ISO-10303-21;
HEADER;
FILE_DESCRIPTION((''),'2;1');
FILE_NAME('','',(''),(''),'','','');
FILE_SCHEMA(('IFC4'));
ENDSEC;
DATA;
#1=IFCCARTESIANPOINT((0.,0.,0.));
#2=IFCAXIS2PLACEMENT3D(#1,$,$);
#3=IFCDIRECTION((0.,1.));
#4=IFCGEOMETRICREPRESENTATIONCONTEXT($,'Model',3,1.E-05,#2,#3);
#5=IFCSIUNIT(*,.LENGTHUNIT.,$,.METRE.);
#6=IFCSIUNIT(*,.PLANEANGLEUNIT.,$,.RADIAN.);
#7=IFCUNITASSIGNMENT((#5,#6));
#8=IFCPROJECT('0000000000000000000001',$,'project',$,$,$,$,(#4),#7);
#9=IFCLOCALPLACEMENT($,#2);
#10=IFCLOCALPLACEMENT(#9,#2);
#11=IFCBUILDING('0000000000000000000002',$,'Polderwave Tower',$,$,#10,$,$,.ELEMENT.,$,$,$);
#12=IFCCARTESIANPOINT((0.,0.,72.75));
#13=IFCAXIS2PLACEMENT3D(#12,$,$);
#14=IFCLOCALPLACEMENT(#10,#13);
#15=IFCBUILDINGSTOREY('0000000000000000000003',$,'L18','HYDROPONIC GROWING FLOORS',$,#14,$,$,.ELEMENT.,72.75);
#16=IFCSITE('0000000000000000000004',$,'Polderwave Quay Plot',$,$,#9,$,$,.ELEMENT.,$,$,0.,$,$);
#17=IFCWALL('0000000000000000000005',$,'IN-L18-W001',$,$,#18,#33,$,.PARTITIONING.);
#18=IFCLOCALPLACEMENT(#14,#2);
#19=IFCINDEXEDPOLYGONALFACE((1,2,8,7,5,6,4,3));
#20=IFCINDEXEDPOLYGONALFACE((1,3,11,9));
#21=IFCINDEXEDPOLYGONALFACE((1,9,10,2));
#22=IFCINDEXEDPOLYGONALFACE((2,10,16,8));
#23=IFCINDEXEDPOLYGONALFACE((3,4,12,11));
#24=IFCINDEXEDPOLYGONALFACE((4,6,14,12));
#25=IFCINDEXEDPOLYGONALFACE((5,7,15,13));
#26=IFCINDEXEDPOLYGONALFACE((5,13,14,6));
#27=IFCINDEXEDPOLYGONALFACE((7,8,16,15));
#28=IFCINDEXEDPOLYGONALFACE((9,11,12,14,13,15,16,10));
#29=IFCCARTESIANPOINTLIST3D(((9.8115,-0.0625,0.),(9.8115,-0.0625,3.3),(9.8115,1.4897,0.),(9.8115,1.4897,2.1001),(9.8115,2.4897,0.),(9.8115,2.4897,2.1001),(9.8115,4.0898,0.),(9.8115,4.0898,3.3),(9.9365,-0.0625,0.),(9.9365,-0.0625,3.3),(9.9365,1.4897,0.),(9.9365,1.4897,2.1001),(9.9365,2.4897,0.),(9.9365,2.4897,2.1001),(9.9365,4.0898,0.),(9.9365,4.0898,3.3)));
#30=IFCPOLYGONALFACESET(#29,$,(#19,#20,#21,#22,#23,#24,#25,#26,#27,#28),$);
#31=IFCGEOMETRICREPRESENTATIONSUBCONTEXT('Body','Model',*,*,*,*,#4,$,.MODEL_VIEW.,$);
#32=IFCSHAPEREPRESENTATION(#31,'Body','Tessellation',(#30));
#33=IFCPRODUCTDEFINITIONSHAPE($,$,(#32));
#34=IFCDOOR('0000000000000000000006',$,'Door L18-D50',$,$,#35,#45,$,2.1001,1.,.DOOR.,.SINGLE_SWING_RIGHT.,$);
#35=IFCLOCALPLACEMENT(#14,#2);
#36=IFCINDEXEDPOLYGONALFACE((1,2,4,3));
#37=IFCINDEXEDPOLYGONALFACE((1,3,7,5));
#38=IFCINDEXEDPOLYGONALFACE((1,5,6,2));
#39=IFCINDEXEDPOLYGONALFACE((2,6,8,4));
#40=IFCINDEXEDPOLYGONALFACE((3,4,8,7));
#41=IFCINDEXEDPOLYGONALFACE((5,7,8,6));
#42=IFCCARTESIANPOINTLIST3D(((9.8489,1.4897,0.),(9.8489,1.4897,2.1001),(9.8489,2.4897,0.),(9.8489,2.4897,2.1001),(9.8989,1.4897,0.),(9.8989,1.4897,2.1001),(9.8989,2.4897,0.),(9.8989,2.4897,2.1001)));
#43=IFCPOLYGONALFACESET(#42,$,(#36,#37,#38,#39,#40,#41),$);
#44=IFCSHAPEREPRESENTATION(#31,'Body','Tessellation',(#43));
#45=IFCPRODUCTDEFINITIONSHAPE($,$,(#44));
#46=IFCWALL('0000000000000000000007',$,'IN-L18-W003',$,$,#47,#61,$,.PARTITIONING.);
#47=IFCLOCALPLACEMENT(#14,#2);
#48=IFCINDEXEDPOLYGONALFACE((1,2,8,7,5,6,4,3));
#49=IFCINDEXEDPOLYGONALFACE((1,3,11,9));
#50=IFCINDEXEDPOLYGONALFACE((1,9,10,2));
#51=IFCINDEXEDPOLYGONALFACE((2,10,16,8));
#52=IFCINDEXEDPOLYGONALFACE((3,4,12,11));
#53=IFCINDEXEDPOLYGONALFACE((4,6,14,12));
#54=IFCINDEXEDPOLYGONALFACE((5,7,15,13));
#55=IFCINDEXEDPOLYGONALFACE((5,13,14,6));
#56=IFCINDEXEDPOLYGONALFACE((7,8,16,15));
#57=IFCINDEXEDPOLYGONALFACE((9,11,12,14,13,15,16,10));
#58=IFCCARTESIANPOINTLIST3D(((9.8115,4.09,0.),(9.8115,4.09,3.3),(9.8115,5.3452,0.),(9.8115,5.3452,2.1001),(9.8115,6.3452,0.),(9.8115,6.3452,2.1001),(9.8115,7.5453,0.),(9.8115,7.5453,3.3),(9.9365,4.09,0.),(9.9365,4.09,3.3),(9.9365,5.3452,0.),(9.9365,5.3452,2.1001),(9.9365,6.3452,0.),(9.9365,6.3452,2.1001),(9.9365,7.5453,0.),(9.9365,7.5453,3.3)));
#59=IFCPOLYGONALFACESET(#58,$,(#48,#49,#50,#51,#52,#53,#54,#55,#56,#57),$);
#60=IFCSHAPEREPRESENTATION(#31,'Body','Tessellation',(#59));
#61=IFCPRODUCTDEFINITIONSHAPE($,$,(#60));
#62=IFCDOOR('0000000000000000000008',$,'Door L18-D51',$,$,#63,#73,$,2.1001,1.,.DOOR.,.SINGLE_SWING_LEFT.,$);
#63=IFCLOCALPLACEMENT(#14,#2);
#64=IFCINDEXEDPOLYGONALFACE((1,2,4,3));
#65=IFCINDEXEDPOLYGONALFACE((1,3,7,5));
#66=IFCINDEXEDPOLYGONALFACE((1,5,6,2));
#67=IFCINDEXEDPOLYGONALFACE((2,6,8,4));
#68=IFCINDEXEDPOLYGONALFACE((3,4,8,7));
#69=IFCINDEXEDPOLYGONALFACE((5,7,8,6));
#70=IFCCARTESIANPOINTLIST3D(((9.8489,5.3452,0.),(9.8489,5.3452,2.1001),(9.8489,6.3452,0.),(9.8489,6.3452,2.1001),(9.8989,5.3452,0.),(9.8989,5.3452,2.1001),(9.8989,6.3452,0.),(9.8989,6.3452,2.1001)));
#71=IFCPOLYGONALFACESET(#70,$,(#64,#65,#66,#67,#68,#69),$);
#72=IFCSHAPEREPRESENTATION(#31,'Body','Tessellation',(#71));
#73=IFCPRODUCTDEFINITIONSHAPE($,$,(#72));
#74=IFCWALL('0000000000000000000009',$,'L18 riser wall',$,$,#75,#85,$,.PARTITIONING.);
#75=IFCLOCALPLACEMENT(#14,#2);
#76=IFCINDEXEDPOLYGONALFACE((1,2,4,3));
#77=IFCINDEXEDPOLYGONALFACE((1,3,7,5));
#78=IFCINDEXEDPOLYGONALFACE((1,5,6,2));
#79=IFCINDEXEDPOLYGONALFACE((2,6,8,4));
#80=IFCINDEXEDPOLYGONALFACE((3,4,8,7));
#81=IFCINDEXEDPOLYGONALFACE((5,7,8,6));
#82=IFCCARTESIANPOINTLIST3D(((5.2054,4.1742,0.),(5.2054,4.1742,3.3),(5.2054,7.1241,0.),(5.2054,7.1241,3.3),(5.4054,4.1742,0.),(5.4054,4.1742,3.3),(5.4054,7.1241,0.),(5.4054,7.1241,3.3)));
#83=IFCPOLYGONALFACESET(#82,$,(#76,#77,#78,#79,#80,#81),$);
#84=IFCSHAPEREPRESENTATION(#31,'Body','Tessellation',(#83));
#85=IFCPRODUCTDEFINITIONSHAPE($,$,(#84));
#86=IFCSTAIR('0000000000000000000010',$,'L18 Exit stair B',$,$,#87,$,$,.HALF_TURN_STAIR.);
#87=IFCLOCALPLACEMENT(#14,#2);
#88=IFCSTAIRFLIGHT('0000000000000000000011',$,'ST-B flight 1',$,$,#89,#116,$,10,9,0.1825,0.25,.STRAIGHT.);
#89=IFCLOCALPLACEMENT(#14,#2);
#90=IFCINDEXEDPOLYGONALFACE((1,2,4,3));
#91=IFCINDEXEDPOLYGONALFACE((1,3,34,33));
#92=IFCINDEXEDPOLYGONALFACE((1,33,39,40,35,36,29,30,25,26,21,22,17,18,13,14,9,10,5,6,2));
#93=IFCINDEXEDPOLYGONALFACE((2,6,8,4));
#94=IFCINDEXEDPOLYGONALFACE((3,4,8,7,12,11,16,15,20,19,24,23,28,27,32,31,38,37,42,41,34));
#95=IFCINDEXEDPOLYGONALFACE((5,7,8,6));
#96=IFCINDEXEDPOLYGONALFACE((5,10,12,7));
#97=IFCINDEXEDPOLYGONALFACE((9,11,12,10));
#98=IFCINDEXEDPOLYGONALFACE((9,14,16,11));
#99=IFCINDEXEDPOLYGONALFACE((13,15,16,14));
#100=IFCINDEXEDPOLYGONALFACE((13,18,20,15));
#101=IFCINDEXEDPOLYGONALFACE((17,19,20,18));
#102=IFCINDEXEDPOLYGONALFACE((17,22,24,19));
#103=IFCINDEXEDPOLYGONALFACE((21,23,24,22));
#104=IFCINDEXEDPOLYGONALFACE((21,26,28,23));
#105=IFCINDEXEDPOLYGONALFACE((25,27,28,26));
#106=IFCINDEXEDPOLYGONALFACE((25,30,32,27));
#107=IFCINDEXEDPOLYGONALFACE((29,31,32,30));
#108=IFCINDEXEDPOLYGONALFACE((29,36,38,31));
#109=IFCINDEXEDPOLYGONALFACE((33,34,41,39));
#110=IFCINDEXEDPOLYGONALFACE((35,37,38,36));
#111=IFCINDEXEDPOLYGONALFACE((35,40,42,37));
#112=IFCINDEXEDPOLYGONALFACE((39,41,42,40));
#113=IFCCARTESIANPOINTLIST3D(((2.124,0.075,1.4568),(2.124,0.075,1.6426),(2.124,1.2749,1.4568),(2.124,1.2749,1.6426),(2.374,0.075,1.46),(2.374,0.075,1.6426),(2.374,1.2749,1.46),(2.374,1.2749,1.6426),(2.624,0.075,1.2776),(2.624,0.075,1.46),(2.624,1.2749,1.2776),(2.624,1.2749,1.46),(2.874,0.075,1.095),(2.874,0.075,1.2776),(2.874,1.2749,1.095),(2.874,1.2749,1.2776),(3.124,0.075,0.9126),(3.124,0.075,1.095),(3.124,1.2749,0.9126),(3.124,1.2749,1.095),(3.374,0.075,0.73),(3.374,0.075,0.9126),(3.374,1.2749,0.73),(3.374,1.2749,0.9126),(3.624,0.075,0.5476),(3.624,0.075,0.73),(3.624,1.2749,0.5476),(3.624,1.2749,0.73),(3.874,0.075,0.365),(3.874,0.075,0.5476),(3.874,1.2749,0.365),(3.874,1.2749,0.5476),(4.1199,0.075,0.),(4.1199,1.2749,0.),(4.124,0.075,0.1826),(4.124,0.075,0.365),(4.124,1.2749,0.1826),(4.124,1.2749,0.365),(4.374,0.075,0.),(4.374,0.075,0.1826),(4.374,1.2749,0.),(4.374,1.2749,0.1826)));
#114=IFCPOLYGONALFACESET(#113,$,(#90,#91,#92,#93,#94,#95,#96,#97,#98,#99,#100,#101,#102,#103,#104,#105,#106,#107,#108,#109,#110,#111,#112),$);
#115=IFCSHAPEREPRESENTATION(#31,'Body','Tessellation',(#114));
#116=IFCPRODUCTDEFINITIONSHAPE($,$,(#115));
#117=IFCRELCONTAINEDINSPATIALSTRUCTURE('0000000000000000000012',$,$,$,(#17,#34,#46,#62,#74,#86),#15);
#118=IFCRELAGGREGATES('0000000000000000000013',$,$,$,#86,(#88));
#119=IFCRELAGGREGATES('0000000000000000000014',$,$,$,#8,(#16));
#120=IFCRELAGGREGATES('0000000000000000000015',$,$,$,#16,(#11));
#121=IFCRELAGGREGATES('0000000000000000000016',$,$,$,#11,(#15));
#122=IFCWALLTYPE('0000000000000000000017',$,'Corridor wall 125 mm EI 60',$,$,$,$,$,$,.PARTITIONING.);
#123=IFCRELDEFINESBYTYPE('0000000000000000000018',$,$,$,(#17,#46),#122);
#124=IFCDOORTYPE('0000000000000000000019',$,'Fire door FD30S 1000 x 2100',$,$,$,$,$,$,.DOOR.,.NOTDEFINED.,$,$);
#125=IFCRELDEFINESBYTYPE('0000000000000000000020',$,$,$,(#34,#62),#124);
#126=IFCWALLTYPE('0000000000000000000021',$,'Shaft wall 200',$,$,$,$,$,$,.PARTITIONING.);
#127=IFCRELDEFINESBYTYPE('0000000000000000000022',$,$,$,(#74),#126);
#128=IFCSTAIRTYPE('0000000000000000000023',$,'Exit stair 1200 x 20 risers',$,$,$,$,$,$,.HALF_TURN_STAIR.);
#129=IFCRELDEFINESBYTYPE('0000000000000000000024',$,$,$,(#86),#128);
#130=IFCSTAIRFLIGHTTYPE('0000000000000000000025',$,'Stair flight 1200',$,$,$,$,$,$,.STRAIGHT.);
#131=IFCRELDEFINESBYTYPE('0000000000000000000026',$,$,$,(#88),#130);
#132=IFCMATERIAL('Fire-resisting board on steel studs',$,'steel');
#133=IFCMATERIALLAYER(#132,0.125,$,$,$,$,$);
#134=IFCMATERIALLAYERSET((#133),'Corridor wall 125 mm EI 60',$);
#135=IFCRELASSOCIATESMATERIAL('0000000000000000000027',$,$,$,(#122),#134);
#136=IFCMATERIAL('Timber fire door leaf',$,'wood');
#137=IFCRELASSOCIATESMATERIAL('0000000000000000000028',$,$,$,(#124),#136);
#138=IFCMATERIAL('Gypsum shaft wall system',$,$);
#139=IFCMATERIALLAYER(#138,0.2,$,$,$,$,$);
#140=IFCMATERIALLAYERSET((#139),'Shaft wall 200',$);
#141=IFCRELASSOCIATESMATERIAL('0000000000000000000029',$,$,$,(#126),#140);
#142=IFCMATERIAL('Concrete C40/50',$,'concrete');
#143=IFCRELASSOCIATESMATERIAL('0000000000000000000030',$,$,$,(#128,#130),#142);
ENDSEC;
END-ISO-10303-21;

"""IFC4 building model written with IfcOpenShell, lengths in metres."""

from ifc_helpers import new_model, si_unit, direction, frame, frame_2d, origin, place, context, subcontext, project, spatial, polyline, rectangle, outline, extrude, material, layer, layer_set, type_object, element, fill, aggregate, save


model = new_model("IFC4")

# Units and contexts
model_context = context("Model", 3, precision=1e-05, world=origin(), true_north=direction((0.0, 1.0)))
body_context = subcontext(model_context, "Body", "Model", "MODEL_VIEW")
ifc_project = project(units=[si_unit("LENGTHUNIT", "METRE"), si_unit("PLANEANGLEUNIT", "RADIAN")], contexts=[model_context])

# Site, building, storey
site_placement = place(None, origin())
site = spatial("IfcSite", under=ifc_project, at=site_placement, Name="Polderwave Quay Plot", CompositionType="ELEMENT", RefElevation=0.0)
building_placement = place(site_placement, origin())
building = spatial("IfcBuilding", under=site, at=building_placement, Name="Polderwave Tower", CompositionType="ELEMENT")
storey_placement = place(building_placement, frame((0.0, 0.0, 72.75)))
storey = spatial("IfcBuildingStorey", under=building, at=storey_placement, Name="L18", Description="HYDROPONIC GROWING FLOORS", CompositionType="ELEMENT", Elevation=72.75)

# Walls, openings, doors
ifc_material_1 = material(Name="Fire-resisting board on steel studs", Category="steel")
ifc_layer_1 = layer(ifc_material_1, 0.125)
ifc_layer_set_1 = layer_set([ifc_layer_1], Name="Corridor wall 125 mm EI 60")
wall_type_1 = type_object("IfcWallType", Name="Corridor wall 125 mm EI 60", PredefinedType="PARTITIONING", material=ifc_layer_set_1)
wall_1_placement = place(storey_placement, frame((9.874, 4.0898, 0.0), z_axis=(0.0, 0.0, 1.0), x_axis=(0.0, -1.0, 0.0)))
wall_1 = element("IfcWall", 1, at=wall_1_placement, inside=storey, type_object=wall_type_1, Name="IN-L18-W001", PredefinedType="PARTITIONING", context=body_context, shape_type="SweptSolid", body=[
    extrude(rectangle(XDim=4.1523, YDim=0.125, at=frame_2d((2.0762, 0.0))), origin(), (0.0, 0.0, 1.0), 3.3),
])
opening_1_placement = place(wall_1_placement, frame((1.6001, 0.0, 0.0)))
opening_1 = element("IfcOpeningElement", 2, at=opening_1_placement, cuts=wall_1, PredefinedType="OPENING", context=body_context, shape_type="SweptSolid", body=[
    extrude(rectangle(XDim=1.0, YDim=2.1001, at=frame_2d((0.5, 1.05))), frame((0.0, 0.0725, 0.0), z_axis=(0.0, -1.0, 0.0), x_axis=(1.0, 0.0, 0.0)), (0.0, 0.0, 1.0), 0.145),
])
ifc_material_2 = material(Name="Timber fire door leaf", Category="wood")
door_type_1 = type_object("IfcDoorType", Name="Fire door FD30S 1000 x 2100", OperationType="NOTDEFINED", PredefinedType="DOOR", material=ifc_material_2)
door_1_placement = place(opening_1_placement, origin())
door_1 = element("IfcDoor", 3, at=door_1_placement, inside=storey, type_object=door_type_1, Name="Door L18-D50", OperationType="SINGLE_SWING_RIGHT", OverallHeight=2.1001, OverallWidth=1.0, PredefinedType="DOOR", context=body_context, shape_type="SweptSolid", body=[
    extrude(rectangle(XDim=1.0, YDim=2.1001, at=frame_2d((0.5, 1.05))), frame((0.0, 0.0249, 0.0), z_axis=(0.0, -1.0, 0.0), x_axis=(1.0, 0.0, 0.0)), (0.0, 0.0, 1.0), 0.05),
])
fill(opening_1, door_1)
wall_2_placement = place(storey_placement, frame((9.874, 7.5452, 0.0), z_axis=(0.0, 0.0, 1.0), x_axis=(0.0, -1.0, 0.0)))
wall_2 = element("IfcWall", 4, at=wall_2_placement, inside=storey, type_object=wall_type_1, Name="IN-L18-W003", PredefinedType="PARTITIONING", context=body_context, shape_type="SweptSolid", body=[
    extrude(rectangle(XDim=3.4553, YDim=0.125, at=frame_2d((1.7275, 0.0))), origin(), (0.0, 0.0, 1.0), 3.3),
])
opening_2_placement = place(wall_2_placement, frame((1.2, 0.0, 0.0)))
opening_2 = element("IfcOpeningElement", 5, at=opening_2_placement, cuts=wall_2, PredefinedType="OPENING", context=body_context, shape_type="SweptSolid", body=[
    extrude(rectangle(XDim=1.0, YDim=2.1001, at=frame_2d((0.5, 1.05))), frame((0.0, 0.0725, 0.0), z_axis=(0.0, -1.0, 0.0), x_axis=(1.0, 0.0, 0.0)), (0.0, 0.0, 1.0), 0.145),
])
door_2_placement = place(opening_2_placement, origin())
door_2 = element("IfcDoor", 6, at=door_2_placement, inside=storey, type_object=door_type_1, Name="Door L18-D51", OperationType="SINGLE_SWING_LEFT", OverallHeight=2.1001, OverallWidth=1.0, PredefinedType="DOOR", context=body_context, shape_type="SweptSolid", body=[
    extrude(rectangle(XDim=1.0, YDim=2.1001, at=frame_2d((0.5, 1.05))), frame((0.0, 0.0249, 0.0), z_axis=(0.0, -1.0, 0.0), x_axis=(1.0, 0.0, 0.0)), (0.0, 0.0, 1.0), 0.05),
])
fill(opening_2, door_2)

# Wall
ifc_material_3 = material(Name="Gypsum shaft wall system")
ifc_layer_2 = layer(ifc_material_3, 0.2)
ifc_layer_set_2 = layer_set([ifc_layer_2], Name="Shaft wall 200")
wall_type_2 = type_object("IfcWallType", Name="Shaft wall 200", PredefinedType="PARTITIONING", material=ifc_layer_set_2)
wall_3_placement = place(storey_placement, frame((5.3054, 4.1741, 0.0), z_axis=(0.0, 0.0, 1.0), x_axis=(0.0, 1.0, 0.0)))
element("IfcWall", 7, at=wall_3_placement, inside=storey, type_object=wall_type_2, Name="L18 riser wall", PredefinedType="PARTITIONING", context=body_context, shape_type="SweptSolid", body=[
    extrude(rectangle(XDim=2.95, YDim=0.2, at=frame_2d((1.4751, 0.0))), origin(), (0.0, 0.0, 1.0), 3.3),
])

# Stair, stair flight
ifc_material_4 = material(Name="Concrete C40/50", Category="concrete")
stair_type = type_object("IfcStairType", Name="Exit stair 1200 x 20 risers", PredefinedType="HALF_TURN_STAIR", material=ifc_material_4)
stair_placement = place(storey_placement, origin())
stair = element("IfcStair", 8, at=stair_placement, inside=storey, type_object=stair_type, Name="L18 Exit stair B", PredefinedType="HALF_TURN_STAIR")
stair_flight_type = type_object("IfcStairFlightType", Name="Stair flight 1200", PredefinedType="STRAIGHT", material=ifc_material_4)
stair_flight_placement = place(storey_placement, frame((4.374, 0.675, 0.0), z_axis=(0.0, 0.0, 1.0), x_axis=(-1.0, 0.0, 0.0)))
stair_flight = element("IfcStairFlight", 9, at=stair_flight_placement, type_object=stair_flight_type, Name="ST-B flight 1", NumberOfRisers=10, NumberOfTreads=9, PredefinedType="STRAIGHT", RiserHeight=0.1825, TreadLength=0.25, context=body_context, shape_type="SweptSolid", body=[
    extrude(outline(polyline([(0.0, 0.0), (0.0, 0.1826), (0.25, 0.1826), (0.25, 0.365), (0.5, 0.365), (0.5, 0.5476), (0.75, 0.5476), (0.75, 0.73), (1.0, 0.73), (1.0, 0.9126), (1.25, 0.9126), (1.25, 1.095), (1.5, 1.095), (1.5, 1.2776), (1.75, 1.2776), (1.75, 1.46), (2.0, 1.46), (2.0, 1.6426), (2.25, 1.6426), (2.25, 1.825), (2.25, 1.4568), (0.2542, 0.0), (0.0, 0.0)])), frame((0.0, 0.6001, 0.0), z_axis=(0.0, -1.0, 0.0), x_axis=(1.0, 0.0, 0.0)), (0.0, 0.0, 1.0), 1.2),
])
aggregate(stair, [stair_flight])

save(model, "model.ifc")
